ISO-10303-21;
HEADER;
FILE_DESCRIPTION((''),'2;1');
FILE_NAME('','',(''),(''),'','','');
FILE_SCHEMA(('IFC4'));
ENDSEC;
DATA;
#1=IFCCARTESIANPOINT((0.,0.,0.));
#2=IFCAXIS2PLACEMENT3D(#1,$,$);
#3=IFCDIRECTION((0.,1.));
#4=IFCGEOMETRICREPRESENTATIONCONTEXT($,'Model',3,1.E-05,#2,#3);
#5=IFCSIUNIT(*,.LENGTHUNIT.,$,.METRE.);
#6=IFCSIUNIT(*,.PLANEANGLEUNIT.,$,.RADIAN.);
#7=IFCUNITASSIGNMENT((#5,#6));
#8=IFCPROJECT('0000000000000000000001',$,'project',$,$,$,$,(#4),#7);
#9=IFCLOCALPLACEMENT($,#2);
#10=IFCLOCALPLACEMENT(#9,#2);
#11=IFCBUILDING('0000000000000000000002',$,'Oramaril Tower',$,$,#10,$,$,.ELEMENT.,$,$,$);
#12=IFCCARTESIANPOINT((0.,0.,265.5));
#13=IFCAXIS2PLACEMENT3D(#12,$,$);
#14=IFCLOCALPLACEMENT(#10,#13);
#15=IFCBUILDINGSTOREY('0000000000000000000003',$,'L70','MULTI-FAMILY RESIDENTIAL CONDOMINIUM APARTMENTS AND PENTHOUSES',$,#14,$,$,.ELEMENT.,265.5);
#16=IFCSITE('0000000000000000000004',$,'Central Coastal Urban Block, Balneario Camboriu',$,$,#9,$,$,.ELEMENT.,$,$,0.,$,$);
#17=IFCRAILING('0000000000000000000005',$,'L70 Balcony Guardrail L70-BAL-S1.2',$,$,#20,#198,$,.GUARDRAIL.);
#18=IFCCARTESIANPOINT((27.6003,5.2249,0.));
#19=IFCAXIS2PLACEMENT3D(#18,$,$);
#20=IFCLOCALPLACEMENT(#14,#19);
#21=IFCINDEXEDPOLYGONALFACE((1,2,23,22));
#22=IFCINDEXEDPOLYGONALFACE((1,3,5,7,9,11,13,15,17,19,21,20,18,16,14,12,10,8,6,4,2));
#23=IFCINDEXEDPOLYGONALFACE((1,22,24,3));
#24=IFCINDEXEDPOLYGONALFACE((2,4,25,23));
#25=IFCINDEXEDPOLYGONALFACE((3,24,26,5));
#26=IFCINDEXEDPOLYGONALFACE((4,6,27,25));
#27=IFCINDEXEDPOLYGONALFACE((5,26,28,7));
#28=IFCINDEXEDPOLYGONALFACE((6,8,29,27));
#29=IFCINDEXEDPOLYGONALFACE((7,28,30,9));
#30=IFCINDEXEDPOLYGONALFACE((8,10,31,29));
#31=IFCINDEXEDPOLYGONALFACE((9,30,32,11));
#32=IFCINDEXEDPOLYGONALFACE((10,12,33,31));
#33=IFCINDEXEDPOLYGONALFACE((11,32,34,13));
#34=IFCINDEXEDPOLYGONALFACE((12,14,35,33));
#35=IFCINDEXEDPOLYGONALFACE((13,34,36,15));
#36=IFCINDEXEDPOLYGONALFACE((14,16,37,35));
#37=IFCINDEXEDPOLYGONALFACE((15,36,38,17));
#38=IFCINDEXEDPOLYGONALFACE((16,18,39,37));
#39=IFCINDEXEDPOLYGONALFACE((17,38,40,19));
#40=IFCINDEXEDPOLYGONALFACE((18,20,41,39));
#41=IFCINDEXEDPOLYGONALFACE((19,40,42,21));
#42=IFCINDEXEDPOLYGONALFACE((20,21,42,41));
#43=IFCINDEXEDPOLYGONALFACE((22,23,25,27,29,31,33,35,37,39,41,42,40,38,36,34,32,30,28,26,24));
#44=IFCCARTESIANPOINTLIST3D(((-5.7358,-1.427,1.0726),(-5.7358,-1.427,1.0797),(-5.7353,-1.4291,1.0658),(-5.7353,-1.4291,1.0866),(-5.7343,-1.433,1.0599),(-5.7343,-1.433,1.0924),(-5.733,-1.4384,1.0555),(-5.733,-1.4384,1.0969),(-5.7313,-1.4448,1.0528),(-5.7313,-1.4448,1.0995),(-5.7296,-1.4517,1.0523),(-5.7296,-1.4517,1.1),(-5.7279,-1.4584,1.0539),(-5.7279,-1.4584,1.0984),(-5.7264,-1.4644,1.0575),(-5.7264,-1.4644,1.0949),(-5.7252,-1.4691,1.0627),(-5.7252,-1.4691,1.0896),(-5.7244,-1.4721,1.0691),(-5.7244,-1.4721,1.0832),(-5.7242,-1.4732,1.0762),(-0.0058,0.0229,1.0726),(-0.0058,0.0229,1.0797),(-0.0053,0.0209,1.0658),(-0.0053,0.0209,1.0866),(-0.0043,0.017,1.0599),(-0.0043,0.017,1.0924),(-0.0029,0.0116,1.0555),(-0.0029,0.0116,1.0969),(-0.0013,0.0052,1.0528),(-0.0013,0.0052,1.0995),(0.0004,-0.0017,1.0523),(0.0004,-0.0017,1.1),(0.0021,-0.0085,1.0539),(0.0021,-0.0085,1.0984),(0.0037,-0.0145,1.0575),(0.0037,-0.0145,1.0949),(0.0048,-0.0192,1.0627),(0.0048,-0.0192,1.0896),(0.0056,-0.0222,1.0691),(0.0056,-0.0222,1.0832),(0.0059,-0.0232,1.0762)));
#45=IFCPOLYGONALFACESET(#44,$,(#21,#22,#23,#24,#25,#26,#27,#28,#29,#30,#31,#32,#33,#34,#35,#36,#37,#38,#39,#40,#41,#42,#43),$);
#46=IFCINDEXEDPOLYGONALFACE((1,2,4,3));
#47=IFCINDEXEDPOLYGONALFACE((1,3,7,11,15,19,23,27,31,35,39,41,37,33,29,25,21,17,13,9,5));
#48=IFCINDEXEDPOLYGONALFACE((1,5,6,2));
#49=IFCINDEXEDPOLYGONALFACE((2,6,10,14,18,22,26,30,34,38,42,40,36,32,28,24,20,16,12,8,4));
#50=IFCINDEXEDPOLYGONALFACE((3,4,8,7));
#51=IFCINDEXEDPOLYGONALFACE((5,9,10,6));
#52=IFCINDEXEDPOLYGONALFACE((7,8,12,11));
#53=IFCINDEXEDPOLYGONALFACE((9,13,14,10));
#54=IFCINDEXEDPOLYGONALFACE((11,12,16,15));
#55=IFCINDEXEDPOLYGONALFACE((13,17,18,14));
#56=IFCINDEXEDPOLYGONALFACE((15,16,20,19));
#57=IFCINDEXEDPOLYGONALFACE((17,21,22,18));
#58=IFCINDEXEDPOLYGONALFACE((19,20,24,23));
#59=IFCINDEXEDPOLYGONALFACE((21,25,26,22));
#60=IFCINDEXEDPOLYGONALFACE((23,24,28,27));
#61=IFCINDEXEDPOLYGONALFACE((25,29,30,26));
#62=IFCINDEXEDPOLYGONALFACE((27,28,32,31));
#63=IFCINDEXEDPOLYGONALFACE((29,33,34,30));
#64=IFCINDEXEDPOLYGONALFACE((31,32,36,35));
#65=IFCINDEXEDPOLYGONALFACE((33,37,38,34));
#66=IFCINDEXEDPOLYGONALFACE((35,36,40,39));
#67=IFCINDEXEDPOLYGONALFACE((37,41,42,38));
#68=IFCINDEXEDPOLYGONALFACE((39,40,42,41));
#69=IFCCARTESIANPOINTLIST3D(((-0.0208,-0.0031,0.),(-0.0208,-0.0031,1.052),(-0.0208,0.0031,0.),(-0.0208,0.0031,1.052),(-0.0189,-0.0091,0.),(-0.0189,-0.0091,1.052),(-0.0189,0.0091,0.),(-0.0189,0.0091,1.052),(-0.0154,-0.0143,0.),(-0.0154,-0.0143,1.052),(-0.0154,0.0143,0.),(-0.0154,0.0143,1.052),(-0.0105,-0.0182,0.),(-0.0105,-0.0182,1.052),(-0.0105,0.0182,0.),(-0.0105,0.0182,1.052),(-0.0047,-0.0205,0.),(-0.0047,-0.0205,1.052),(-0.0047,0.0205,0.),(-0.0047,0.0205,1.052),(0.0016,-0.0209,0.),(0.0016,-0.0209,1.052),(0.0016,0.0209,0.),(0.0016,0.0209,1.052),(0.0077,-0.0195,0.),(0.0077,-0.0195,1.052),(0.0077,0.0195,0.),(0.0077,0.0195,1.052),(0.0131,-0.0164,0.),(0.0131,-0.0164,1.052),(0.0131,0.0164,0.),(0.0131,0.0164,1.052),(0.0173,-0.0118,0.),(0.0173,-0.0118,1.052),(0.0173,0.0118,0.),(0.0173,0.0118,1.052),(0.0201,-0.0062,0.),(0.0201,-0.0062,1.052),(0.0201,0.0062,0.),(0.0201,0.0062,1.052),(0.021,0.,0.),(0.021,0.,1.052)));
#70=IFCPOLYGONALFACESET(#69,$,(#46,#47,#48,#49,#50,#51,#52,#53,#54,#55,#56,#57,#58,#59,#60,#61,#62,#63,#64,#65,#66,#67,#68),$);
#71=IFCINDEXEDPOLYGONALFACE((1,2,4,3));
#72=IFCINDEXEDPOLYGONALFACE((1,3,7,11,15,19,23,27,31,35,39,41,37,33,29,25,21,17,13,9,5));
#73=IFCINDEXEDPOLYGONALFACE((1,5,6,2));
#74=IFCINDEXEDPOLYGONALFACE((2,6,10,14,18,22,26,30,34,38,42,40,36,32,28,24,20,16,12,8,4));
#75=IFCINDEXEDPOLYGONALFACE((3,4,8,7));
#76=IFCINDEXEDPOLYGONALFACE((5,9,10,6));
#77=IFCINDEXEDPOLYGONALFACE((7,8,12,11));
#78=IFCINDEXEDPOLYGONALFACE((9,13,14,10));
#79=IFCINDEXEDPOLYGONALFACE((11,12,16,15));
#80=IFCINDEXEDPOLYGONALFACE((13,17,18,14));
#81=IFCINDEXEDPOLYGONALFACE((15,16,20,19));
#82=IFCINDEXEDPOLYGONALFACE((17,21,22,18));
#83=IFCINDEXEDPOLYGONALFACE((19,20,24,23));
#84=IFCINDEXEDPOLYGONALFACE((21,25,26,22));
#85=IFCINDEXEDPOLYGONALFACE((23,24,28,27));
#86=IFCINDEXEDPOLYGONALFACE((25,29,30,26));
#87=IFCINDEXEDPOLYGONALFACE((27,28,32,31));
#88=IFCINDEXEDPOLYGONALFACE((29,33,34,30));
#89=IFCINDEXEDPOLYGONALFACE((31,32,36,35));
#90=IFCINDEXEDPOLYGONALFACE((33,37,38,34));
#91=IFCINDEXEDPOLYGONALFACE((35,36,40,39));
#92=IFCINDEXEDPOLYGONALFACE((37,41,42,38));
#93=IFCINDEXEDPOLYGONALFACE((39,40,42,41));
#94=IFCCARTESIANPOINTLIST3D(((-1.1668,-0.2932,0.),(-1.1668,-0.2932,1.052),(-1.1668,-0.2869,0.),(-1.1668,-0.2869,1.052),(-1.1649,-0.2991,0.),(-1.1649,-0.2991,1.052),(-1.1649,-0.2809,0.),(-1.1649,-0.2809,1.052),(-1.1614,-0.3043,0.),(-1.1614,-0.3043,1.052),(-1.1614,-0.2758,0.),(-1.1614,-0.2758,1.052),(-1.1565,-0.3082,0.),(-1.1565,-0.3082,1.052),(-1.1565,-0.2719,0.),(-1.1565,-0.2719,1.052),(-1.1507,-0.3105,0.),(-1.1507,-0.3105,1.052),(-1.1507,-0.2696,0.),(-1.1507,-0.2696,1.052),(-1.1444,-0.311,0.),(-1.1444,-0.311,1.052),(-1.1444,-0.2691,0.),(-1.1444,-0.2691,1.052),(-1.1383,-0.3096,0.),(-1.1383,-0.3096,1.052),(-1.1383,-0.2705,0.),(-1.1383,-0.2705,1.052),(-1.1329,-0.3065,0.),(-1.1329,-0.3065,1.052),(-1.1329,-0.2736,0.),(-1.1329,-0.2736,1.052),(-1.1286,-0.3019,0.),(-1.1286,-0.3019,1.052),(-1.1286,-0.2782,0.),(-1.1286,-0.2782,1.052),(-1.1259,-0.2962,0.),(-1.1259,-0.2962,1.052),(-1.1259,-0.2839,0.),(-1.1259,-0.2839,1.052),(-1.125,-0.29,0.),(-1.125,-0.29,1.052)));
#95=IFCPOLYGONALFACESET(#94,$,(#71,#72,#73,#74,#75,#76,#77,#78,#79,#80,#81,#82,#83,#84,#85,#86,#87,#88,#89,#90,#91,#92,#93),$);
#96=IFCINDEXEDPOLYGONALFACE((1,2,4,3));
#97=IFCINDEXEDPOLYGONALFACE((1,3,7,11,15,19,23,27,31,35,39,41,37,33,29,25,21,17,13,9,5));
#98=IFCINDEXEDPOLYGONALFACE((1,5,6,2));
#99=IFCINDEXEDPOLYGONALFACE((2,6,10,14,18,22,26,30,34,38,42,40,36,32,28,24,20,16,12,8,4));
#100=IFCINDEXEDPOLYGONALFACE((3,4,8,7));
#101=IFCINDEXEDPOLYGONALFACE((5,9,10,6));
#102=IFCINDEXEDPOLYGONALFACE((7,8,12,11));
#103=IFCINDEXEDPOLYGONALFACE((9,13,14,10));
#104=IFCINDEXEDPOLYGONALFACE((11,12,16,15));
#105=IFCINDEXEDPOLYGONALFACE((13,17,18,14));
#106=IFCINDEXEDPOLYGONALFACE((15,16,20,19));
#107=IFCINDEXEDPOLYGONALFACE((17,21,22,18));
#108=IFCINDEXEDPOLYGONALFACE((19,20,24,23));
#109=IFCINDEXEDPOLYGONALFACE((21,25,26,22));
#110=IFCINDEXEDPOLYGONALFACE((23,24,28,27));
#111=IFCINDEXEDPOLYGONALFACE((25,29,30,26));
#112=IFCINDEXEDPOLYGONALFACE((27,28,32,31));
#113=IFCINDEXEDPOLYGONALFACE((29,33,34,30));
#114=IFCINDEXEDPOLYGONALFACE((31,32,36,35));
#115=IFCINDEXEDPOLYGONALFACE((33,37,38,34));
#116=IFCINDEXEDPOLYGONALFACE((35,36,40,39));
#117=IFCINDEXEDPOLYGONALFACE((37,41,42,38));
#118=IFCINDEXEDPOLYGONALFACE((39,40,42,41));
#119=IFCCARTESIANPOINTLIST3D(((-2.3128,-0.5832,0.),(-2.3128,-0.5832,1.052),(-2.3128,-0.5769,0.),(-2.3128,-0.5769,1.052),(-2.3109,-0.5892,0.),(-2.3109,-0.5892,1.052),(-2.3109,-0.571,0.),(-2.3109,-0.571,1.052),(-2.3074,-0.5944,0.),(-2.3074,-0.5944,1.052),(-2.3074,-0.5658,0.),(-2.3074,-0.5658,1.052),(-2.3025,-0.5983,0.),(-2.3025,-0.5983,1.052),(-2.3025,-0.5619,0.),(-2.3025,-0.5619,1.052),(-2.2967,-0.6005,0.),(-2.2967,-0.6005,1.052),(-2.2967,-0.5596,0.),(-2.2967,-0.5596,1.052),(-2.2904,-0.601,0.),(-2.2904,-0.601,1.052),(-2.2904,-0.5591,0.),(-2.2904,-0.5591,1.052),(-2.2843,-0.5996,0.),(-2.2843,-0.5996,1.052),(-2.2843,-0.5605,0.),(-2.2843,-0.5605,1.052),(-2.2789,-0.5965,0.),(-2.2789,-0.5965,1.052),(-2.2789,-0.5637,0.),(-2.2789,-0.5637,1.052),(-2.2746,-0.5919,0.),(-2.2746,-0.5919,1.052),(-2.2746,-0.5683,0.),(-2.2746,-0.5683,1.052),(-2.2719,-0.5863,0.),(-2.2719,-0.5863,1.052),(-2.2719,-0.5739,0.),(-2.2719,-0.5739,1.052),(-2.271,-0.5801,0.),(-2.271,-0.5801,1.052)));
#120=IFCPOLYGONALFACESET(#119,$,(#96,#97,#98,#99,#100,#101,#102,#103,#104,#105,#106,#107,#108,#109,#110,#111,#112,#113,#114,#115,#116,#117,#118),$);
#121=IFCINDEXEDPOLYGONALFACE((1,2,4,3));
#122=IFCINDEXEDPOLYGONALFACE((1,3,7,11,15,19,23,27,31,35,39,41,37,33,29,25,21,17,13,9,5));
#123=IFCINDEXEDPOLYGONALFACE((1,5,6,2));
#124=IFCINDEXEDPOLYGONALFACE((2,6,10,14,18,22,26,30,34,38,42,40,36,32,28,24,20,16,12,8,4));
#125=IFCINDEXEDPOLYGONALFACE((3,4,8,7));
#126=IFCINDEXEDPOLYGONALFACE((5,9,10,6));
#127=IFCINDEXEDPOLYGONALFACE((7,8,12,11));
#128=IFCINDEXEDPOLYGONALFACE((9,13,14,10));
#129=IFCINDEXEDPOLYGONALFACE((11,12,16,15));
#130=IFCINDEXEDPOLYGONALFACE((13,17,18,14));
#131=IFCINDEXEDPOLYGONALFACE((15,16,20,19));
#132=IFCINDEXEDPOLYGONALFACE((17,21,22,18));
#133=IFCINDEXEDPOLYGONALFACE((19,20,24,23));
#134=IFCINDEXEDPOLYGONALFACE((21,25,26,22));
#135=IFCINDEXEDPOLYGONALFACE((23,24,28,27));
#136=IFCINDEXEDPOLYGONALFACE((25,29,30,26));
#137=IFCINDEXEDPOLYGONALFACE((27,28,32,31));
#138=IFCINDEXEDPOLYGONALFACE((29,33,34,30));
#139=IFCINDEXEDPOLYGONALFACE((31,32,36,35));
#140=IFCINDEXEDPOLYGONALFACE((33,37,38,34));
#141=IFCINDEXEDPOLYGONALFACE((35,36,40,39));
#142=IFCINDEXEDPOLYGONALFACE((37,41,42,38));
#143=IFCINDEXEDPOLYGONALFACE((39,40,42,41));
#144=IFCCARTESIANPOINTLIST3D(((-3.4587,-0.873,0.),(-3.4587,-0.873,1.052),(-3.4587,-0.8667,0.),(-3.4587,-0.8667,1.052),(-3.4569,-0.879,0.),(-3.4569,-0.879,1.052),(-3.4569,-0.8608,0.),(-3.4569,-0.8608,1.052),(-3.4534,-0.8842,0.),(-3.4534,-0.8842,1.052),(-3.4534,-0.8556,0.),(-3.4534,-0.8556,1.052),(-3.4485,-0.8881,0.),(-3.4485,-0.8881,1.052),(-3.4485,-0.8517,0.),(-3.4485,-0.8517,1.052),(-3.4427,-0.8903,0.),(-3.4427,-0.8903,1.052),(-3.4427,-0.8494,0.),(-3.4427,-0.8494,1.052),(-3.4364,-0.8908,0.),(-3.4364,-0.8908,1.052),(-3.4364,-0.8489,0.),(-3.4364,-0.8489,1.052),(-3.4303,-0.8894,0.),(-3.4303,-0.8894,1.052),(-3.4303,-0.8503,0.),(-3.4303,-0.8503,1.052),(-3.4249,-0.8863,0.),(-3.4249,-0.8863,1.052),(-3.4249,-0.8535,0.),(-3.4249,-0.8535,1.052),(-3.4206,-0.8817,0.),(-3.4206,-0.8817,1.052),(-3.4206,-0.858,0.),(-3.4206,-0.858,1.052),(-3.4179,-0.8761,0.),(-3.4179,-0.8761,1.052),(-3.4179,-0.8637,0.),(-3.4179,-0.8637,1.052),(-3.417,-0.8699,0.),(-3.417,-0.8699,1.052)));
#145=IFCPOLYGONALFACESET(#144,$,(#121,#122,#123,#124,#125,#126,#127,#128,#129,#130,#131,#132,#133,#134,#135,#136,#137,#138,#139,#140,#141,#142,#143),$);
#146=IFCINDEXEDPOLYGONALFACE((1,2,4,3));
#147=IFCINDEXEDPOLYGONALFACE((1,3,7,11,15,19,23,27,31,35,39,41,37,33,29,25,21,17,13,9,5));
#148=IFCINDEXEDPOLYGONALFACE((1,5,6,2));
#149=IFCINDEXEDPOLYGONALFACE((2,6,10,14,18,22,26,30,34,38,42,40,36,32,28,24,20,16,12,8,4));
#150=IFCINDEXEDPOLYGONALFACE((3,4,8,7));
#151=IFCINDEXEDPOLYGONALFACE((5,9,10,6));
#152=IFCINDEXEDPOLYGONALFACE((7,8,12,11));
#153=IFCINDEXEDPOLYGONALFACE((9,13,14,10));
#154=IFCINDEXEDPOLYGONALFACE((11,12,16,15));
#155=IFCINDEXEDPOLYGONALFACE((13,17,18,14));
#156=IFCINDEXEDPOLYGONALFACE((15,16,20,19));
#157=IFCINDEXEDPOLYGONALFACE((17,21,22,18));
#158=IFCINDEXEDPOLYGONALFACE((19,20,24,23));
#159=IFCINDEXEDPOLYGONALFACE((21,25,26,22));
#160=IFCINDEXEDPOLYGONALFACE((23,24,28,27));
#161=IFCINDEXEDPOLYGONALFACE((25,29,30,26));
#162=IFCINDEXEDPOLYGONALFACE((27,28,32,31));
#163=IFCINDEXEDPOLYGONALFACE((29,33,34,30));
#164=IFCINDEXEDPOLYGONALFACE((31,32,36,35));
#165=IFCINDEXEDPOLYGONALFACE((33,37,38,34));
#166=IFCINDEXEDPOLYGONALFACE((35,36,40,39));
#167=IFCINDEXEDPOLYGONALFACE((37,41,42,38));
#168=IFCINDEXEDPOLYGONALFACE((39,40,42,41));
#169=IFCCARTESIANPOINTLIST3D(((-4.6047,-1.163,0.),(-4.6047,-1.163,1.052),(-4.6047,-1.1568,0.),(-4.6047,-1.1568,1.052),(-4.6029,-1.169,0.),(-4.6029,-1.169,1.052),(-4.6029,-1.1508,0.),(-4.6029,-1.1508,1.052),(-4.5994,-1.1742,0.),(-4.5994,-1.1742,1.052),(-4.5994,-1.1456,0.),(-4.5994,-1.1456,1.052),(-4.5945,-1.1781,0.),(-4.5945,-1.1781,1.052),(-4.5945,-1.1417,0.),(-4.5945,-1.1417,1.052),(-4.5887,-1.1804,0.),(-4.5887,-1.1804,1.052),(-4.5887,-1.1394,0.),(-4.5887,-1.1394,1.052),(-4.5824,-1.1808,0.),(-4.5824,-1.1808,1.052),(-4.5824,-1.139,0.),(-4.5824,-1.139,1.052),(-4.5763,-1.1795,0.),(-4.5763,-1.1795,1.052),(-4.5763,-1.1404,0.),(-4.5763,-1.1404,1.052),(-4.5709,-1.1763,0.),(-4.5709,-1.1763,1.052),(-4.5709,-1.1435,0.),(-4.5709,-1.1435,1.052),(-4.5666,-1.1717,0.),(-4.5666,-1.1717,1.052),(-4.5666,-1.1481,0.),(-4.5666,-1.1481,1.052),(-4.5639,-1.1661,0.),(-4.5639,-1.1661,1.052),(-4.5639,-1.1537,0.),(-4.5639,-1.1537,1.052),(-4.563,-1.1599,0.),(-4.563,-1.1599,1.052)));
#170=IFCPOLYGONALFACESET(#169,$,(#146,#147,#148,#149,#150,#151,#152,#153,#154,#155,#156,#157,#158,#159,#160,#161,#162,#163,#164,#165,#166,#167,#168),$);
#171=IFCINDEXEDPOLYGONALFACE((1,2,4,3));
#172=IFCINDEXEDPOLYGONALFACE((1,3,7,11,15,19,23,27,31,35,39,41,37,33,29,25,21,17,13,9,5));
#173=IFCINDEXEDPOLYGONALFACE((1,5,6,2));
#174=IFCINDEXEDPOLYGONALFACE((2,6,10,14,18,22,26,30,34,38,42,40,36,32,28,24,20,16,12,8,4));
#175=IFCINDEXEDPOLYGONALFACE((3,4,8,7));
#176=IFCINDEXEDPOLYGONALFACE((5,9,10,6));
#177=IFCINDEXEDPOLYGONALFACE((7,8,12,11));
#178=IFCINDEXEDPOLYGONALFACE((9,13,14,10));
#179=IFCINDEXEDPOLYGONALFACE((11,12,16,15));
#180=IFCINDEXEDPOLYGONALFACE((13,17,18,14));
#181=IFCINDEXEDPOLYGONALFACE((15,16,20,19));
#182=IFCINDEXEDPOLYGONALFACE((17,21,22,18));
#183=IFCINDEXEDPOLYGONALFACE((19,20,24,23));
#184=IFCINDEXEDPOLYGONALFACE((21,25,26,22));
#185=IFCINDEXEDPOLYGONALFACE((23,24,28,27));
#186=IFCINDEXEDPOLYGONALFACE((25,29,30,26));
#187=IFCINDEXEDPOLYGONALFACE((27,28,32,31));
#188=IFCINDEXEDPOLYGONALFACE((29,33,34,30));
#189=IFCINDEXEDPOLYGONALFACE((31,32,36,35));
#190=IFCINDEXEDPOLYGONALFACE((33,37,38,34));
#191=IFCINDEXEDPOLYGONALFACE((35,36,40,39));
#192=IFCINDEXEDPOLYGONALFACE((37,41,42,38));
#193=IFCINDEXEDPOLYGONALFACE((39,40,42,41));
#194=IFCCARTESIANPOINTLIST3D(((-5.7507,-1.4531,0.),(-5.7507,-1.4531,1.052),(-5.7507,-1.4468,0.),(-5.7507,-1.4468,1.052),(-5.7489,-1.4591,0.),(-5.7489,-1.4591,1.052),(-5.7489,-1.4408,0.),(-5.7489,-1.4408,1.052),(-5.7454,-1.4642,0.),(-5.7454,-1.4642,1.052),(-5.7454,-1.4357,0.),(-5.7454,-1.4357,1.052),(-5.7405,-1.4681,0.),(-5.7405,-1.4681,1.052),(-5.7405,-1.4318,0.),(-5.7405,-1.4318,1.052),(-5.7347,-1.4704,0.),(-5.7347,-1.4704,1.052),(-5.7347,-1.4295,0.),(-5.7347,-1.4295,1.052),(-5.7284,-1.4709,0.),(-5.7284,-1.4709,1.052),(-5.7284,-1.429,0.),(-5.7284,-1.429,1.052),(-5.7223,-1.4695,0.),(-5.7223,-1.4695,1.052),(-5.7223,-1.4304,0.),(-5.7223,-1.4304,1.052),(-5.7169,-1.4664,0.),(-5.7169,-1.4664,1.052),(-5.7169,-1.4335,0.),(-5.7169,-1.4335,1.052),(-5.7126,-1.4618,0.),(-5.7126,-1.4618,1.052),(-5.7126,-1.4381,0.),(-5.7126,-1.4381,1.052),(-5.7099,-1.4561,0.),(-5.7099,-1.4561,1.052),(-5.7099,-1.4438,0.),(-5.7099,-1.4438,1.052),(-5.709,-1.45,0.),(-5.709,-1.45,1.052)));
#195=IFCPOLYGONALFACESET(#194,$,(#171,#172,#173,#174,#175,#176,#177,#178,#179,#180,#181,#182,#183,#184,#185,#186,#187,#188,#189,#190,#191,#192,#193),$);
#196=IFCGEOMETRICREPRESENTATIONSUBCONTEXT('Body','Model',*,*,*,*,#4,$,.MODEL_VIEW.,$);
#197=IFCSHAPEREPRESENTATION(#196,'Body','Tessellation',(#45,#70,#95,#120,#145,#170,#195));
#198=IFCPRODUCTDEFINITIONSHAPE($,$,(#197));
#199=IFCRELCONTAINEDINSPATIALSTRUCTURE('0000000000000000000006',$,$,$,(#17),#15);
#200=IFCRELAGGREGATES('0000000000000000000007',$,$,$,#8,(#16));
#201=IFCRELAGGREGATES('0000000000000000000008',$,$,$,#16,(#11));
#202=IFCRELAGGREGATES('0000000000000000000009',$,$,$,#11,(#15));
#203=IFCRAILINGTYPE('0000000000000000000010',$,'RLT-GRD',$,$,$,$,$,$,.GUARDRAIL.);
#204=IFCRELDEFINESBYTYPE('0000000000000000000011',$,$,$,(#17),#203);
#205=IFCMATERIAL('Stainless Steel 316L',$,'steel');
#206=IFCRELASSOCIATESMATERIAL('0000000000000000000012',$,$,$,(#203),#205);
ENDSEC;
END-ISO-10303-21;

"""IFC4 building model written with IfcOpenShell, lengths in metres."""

from ifc_helpers import new_model, si_unit, direction, frame, origin, origin_2d, place, context, subcontext, project, spatial, circle, extrude, material, type_object, element, save


model = new_model("IFC4")

# Units and contexts
model_context = context("Model", 3, precision=1e-05, world=origin(), true_north=direction((0.0, 1.0)))
body_context = subcontext(model_context, "Body", "Model", "MODEL_VIEW")
ifc_project = project(units=[si_unit("LENGTHUNIT", "METRE"), si_unit("PLANEANGLEUNIT", "RADIAN")], contexts=[model_context])

# Site, building, storey
site_placement = place(None, origin())
site = spatial("IfcSite", under=ifc_project, at=site_placement, Name="Central Coastal Urban Block, Balneario Camboriu", CompositionType="ELEMENT", RefElevation=0.0)
building_placement = place(site_placement, origin())
building = spatial("IfcBuilding", under=site, at=building_placement, Name="Oramaril Tower", CompositionType="ELEMENT")
storey_placement = place(building_placement, frame((0.0, 0.0, 265.5)))
storey = spatial("IfcBuildingStorey", under=building, at=storey_placement, Name="L70", Description="MULTI-FAMILY RESIDENTIAL CONDOMINIUM APARTMENTS AND PENTHOUSES", CompositionType="ELEMENT", Elevation=265.5)

# Railing
ifc_material_1 = material(Name="Stainless Steel 316L", Category="steel")
railing_type = type_object("IfcRailingType", Name="RLT-GRD", PredefinedType="GUARDRAIL", material=ifc_material_1)
railing_1_placement = place(storey_placement, frame((27.6003, 5.2249, 0.0)))
element("IfcRailing", 1, at=railing_1_placement, inside=storey, type_object=railing_type, Name="L70 Balcony Guardrail L70-BAL-S1.2", PredefinedType="GUARDRAIL", context=body_context, shape_type="SweptSolid", body=[
    extrude(circle(Radius=0.0239, at=origin_2d()), frame((0.0, 0.0, 1.0762), z_axis=(-0.969444, -0.245314, 0.0), x_axis=(0.245314, -0.969444, 0.0)), (0.0, 0.0, 1.0), 5.9106),
    extrude(circle(Radius=0.021, at=origin_2d()), origin(), (0.0, 0.0, 1.0), 1.052),
    extrude(circle(Radius=0.021, at=origin_2d()), frame((-1.146, -0.29, 0.0)), (0.0, 0.0, 1.0), 1.052),
    extrude(circle(Radius=0.021, at=origin_2d()), frame((-2.292, -0.5801, 0.0)), (0.0, 0.0, 1.0), 1.052),
    extrude(circle(Radius=0.021, at=origin_2d()), frame((-3.438, -0.8699, 0.0)), (0.0, 0.0, 1.0), 1.052),
    extrude(circle(Radius=0.021, at=origin_2d()), frame((-4.584, -1.1599, 0.0)), (0.0, 0.0, 1.0), 1.052),
    extrude(circle(Radius=0.021, at=origin_2d()), frame((-5.73, -1.45, 0.0)), (0.0, 0.0, 1.0), 1.052),
])

save(model, "model.ifc")
